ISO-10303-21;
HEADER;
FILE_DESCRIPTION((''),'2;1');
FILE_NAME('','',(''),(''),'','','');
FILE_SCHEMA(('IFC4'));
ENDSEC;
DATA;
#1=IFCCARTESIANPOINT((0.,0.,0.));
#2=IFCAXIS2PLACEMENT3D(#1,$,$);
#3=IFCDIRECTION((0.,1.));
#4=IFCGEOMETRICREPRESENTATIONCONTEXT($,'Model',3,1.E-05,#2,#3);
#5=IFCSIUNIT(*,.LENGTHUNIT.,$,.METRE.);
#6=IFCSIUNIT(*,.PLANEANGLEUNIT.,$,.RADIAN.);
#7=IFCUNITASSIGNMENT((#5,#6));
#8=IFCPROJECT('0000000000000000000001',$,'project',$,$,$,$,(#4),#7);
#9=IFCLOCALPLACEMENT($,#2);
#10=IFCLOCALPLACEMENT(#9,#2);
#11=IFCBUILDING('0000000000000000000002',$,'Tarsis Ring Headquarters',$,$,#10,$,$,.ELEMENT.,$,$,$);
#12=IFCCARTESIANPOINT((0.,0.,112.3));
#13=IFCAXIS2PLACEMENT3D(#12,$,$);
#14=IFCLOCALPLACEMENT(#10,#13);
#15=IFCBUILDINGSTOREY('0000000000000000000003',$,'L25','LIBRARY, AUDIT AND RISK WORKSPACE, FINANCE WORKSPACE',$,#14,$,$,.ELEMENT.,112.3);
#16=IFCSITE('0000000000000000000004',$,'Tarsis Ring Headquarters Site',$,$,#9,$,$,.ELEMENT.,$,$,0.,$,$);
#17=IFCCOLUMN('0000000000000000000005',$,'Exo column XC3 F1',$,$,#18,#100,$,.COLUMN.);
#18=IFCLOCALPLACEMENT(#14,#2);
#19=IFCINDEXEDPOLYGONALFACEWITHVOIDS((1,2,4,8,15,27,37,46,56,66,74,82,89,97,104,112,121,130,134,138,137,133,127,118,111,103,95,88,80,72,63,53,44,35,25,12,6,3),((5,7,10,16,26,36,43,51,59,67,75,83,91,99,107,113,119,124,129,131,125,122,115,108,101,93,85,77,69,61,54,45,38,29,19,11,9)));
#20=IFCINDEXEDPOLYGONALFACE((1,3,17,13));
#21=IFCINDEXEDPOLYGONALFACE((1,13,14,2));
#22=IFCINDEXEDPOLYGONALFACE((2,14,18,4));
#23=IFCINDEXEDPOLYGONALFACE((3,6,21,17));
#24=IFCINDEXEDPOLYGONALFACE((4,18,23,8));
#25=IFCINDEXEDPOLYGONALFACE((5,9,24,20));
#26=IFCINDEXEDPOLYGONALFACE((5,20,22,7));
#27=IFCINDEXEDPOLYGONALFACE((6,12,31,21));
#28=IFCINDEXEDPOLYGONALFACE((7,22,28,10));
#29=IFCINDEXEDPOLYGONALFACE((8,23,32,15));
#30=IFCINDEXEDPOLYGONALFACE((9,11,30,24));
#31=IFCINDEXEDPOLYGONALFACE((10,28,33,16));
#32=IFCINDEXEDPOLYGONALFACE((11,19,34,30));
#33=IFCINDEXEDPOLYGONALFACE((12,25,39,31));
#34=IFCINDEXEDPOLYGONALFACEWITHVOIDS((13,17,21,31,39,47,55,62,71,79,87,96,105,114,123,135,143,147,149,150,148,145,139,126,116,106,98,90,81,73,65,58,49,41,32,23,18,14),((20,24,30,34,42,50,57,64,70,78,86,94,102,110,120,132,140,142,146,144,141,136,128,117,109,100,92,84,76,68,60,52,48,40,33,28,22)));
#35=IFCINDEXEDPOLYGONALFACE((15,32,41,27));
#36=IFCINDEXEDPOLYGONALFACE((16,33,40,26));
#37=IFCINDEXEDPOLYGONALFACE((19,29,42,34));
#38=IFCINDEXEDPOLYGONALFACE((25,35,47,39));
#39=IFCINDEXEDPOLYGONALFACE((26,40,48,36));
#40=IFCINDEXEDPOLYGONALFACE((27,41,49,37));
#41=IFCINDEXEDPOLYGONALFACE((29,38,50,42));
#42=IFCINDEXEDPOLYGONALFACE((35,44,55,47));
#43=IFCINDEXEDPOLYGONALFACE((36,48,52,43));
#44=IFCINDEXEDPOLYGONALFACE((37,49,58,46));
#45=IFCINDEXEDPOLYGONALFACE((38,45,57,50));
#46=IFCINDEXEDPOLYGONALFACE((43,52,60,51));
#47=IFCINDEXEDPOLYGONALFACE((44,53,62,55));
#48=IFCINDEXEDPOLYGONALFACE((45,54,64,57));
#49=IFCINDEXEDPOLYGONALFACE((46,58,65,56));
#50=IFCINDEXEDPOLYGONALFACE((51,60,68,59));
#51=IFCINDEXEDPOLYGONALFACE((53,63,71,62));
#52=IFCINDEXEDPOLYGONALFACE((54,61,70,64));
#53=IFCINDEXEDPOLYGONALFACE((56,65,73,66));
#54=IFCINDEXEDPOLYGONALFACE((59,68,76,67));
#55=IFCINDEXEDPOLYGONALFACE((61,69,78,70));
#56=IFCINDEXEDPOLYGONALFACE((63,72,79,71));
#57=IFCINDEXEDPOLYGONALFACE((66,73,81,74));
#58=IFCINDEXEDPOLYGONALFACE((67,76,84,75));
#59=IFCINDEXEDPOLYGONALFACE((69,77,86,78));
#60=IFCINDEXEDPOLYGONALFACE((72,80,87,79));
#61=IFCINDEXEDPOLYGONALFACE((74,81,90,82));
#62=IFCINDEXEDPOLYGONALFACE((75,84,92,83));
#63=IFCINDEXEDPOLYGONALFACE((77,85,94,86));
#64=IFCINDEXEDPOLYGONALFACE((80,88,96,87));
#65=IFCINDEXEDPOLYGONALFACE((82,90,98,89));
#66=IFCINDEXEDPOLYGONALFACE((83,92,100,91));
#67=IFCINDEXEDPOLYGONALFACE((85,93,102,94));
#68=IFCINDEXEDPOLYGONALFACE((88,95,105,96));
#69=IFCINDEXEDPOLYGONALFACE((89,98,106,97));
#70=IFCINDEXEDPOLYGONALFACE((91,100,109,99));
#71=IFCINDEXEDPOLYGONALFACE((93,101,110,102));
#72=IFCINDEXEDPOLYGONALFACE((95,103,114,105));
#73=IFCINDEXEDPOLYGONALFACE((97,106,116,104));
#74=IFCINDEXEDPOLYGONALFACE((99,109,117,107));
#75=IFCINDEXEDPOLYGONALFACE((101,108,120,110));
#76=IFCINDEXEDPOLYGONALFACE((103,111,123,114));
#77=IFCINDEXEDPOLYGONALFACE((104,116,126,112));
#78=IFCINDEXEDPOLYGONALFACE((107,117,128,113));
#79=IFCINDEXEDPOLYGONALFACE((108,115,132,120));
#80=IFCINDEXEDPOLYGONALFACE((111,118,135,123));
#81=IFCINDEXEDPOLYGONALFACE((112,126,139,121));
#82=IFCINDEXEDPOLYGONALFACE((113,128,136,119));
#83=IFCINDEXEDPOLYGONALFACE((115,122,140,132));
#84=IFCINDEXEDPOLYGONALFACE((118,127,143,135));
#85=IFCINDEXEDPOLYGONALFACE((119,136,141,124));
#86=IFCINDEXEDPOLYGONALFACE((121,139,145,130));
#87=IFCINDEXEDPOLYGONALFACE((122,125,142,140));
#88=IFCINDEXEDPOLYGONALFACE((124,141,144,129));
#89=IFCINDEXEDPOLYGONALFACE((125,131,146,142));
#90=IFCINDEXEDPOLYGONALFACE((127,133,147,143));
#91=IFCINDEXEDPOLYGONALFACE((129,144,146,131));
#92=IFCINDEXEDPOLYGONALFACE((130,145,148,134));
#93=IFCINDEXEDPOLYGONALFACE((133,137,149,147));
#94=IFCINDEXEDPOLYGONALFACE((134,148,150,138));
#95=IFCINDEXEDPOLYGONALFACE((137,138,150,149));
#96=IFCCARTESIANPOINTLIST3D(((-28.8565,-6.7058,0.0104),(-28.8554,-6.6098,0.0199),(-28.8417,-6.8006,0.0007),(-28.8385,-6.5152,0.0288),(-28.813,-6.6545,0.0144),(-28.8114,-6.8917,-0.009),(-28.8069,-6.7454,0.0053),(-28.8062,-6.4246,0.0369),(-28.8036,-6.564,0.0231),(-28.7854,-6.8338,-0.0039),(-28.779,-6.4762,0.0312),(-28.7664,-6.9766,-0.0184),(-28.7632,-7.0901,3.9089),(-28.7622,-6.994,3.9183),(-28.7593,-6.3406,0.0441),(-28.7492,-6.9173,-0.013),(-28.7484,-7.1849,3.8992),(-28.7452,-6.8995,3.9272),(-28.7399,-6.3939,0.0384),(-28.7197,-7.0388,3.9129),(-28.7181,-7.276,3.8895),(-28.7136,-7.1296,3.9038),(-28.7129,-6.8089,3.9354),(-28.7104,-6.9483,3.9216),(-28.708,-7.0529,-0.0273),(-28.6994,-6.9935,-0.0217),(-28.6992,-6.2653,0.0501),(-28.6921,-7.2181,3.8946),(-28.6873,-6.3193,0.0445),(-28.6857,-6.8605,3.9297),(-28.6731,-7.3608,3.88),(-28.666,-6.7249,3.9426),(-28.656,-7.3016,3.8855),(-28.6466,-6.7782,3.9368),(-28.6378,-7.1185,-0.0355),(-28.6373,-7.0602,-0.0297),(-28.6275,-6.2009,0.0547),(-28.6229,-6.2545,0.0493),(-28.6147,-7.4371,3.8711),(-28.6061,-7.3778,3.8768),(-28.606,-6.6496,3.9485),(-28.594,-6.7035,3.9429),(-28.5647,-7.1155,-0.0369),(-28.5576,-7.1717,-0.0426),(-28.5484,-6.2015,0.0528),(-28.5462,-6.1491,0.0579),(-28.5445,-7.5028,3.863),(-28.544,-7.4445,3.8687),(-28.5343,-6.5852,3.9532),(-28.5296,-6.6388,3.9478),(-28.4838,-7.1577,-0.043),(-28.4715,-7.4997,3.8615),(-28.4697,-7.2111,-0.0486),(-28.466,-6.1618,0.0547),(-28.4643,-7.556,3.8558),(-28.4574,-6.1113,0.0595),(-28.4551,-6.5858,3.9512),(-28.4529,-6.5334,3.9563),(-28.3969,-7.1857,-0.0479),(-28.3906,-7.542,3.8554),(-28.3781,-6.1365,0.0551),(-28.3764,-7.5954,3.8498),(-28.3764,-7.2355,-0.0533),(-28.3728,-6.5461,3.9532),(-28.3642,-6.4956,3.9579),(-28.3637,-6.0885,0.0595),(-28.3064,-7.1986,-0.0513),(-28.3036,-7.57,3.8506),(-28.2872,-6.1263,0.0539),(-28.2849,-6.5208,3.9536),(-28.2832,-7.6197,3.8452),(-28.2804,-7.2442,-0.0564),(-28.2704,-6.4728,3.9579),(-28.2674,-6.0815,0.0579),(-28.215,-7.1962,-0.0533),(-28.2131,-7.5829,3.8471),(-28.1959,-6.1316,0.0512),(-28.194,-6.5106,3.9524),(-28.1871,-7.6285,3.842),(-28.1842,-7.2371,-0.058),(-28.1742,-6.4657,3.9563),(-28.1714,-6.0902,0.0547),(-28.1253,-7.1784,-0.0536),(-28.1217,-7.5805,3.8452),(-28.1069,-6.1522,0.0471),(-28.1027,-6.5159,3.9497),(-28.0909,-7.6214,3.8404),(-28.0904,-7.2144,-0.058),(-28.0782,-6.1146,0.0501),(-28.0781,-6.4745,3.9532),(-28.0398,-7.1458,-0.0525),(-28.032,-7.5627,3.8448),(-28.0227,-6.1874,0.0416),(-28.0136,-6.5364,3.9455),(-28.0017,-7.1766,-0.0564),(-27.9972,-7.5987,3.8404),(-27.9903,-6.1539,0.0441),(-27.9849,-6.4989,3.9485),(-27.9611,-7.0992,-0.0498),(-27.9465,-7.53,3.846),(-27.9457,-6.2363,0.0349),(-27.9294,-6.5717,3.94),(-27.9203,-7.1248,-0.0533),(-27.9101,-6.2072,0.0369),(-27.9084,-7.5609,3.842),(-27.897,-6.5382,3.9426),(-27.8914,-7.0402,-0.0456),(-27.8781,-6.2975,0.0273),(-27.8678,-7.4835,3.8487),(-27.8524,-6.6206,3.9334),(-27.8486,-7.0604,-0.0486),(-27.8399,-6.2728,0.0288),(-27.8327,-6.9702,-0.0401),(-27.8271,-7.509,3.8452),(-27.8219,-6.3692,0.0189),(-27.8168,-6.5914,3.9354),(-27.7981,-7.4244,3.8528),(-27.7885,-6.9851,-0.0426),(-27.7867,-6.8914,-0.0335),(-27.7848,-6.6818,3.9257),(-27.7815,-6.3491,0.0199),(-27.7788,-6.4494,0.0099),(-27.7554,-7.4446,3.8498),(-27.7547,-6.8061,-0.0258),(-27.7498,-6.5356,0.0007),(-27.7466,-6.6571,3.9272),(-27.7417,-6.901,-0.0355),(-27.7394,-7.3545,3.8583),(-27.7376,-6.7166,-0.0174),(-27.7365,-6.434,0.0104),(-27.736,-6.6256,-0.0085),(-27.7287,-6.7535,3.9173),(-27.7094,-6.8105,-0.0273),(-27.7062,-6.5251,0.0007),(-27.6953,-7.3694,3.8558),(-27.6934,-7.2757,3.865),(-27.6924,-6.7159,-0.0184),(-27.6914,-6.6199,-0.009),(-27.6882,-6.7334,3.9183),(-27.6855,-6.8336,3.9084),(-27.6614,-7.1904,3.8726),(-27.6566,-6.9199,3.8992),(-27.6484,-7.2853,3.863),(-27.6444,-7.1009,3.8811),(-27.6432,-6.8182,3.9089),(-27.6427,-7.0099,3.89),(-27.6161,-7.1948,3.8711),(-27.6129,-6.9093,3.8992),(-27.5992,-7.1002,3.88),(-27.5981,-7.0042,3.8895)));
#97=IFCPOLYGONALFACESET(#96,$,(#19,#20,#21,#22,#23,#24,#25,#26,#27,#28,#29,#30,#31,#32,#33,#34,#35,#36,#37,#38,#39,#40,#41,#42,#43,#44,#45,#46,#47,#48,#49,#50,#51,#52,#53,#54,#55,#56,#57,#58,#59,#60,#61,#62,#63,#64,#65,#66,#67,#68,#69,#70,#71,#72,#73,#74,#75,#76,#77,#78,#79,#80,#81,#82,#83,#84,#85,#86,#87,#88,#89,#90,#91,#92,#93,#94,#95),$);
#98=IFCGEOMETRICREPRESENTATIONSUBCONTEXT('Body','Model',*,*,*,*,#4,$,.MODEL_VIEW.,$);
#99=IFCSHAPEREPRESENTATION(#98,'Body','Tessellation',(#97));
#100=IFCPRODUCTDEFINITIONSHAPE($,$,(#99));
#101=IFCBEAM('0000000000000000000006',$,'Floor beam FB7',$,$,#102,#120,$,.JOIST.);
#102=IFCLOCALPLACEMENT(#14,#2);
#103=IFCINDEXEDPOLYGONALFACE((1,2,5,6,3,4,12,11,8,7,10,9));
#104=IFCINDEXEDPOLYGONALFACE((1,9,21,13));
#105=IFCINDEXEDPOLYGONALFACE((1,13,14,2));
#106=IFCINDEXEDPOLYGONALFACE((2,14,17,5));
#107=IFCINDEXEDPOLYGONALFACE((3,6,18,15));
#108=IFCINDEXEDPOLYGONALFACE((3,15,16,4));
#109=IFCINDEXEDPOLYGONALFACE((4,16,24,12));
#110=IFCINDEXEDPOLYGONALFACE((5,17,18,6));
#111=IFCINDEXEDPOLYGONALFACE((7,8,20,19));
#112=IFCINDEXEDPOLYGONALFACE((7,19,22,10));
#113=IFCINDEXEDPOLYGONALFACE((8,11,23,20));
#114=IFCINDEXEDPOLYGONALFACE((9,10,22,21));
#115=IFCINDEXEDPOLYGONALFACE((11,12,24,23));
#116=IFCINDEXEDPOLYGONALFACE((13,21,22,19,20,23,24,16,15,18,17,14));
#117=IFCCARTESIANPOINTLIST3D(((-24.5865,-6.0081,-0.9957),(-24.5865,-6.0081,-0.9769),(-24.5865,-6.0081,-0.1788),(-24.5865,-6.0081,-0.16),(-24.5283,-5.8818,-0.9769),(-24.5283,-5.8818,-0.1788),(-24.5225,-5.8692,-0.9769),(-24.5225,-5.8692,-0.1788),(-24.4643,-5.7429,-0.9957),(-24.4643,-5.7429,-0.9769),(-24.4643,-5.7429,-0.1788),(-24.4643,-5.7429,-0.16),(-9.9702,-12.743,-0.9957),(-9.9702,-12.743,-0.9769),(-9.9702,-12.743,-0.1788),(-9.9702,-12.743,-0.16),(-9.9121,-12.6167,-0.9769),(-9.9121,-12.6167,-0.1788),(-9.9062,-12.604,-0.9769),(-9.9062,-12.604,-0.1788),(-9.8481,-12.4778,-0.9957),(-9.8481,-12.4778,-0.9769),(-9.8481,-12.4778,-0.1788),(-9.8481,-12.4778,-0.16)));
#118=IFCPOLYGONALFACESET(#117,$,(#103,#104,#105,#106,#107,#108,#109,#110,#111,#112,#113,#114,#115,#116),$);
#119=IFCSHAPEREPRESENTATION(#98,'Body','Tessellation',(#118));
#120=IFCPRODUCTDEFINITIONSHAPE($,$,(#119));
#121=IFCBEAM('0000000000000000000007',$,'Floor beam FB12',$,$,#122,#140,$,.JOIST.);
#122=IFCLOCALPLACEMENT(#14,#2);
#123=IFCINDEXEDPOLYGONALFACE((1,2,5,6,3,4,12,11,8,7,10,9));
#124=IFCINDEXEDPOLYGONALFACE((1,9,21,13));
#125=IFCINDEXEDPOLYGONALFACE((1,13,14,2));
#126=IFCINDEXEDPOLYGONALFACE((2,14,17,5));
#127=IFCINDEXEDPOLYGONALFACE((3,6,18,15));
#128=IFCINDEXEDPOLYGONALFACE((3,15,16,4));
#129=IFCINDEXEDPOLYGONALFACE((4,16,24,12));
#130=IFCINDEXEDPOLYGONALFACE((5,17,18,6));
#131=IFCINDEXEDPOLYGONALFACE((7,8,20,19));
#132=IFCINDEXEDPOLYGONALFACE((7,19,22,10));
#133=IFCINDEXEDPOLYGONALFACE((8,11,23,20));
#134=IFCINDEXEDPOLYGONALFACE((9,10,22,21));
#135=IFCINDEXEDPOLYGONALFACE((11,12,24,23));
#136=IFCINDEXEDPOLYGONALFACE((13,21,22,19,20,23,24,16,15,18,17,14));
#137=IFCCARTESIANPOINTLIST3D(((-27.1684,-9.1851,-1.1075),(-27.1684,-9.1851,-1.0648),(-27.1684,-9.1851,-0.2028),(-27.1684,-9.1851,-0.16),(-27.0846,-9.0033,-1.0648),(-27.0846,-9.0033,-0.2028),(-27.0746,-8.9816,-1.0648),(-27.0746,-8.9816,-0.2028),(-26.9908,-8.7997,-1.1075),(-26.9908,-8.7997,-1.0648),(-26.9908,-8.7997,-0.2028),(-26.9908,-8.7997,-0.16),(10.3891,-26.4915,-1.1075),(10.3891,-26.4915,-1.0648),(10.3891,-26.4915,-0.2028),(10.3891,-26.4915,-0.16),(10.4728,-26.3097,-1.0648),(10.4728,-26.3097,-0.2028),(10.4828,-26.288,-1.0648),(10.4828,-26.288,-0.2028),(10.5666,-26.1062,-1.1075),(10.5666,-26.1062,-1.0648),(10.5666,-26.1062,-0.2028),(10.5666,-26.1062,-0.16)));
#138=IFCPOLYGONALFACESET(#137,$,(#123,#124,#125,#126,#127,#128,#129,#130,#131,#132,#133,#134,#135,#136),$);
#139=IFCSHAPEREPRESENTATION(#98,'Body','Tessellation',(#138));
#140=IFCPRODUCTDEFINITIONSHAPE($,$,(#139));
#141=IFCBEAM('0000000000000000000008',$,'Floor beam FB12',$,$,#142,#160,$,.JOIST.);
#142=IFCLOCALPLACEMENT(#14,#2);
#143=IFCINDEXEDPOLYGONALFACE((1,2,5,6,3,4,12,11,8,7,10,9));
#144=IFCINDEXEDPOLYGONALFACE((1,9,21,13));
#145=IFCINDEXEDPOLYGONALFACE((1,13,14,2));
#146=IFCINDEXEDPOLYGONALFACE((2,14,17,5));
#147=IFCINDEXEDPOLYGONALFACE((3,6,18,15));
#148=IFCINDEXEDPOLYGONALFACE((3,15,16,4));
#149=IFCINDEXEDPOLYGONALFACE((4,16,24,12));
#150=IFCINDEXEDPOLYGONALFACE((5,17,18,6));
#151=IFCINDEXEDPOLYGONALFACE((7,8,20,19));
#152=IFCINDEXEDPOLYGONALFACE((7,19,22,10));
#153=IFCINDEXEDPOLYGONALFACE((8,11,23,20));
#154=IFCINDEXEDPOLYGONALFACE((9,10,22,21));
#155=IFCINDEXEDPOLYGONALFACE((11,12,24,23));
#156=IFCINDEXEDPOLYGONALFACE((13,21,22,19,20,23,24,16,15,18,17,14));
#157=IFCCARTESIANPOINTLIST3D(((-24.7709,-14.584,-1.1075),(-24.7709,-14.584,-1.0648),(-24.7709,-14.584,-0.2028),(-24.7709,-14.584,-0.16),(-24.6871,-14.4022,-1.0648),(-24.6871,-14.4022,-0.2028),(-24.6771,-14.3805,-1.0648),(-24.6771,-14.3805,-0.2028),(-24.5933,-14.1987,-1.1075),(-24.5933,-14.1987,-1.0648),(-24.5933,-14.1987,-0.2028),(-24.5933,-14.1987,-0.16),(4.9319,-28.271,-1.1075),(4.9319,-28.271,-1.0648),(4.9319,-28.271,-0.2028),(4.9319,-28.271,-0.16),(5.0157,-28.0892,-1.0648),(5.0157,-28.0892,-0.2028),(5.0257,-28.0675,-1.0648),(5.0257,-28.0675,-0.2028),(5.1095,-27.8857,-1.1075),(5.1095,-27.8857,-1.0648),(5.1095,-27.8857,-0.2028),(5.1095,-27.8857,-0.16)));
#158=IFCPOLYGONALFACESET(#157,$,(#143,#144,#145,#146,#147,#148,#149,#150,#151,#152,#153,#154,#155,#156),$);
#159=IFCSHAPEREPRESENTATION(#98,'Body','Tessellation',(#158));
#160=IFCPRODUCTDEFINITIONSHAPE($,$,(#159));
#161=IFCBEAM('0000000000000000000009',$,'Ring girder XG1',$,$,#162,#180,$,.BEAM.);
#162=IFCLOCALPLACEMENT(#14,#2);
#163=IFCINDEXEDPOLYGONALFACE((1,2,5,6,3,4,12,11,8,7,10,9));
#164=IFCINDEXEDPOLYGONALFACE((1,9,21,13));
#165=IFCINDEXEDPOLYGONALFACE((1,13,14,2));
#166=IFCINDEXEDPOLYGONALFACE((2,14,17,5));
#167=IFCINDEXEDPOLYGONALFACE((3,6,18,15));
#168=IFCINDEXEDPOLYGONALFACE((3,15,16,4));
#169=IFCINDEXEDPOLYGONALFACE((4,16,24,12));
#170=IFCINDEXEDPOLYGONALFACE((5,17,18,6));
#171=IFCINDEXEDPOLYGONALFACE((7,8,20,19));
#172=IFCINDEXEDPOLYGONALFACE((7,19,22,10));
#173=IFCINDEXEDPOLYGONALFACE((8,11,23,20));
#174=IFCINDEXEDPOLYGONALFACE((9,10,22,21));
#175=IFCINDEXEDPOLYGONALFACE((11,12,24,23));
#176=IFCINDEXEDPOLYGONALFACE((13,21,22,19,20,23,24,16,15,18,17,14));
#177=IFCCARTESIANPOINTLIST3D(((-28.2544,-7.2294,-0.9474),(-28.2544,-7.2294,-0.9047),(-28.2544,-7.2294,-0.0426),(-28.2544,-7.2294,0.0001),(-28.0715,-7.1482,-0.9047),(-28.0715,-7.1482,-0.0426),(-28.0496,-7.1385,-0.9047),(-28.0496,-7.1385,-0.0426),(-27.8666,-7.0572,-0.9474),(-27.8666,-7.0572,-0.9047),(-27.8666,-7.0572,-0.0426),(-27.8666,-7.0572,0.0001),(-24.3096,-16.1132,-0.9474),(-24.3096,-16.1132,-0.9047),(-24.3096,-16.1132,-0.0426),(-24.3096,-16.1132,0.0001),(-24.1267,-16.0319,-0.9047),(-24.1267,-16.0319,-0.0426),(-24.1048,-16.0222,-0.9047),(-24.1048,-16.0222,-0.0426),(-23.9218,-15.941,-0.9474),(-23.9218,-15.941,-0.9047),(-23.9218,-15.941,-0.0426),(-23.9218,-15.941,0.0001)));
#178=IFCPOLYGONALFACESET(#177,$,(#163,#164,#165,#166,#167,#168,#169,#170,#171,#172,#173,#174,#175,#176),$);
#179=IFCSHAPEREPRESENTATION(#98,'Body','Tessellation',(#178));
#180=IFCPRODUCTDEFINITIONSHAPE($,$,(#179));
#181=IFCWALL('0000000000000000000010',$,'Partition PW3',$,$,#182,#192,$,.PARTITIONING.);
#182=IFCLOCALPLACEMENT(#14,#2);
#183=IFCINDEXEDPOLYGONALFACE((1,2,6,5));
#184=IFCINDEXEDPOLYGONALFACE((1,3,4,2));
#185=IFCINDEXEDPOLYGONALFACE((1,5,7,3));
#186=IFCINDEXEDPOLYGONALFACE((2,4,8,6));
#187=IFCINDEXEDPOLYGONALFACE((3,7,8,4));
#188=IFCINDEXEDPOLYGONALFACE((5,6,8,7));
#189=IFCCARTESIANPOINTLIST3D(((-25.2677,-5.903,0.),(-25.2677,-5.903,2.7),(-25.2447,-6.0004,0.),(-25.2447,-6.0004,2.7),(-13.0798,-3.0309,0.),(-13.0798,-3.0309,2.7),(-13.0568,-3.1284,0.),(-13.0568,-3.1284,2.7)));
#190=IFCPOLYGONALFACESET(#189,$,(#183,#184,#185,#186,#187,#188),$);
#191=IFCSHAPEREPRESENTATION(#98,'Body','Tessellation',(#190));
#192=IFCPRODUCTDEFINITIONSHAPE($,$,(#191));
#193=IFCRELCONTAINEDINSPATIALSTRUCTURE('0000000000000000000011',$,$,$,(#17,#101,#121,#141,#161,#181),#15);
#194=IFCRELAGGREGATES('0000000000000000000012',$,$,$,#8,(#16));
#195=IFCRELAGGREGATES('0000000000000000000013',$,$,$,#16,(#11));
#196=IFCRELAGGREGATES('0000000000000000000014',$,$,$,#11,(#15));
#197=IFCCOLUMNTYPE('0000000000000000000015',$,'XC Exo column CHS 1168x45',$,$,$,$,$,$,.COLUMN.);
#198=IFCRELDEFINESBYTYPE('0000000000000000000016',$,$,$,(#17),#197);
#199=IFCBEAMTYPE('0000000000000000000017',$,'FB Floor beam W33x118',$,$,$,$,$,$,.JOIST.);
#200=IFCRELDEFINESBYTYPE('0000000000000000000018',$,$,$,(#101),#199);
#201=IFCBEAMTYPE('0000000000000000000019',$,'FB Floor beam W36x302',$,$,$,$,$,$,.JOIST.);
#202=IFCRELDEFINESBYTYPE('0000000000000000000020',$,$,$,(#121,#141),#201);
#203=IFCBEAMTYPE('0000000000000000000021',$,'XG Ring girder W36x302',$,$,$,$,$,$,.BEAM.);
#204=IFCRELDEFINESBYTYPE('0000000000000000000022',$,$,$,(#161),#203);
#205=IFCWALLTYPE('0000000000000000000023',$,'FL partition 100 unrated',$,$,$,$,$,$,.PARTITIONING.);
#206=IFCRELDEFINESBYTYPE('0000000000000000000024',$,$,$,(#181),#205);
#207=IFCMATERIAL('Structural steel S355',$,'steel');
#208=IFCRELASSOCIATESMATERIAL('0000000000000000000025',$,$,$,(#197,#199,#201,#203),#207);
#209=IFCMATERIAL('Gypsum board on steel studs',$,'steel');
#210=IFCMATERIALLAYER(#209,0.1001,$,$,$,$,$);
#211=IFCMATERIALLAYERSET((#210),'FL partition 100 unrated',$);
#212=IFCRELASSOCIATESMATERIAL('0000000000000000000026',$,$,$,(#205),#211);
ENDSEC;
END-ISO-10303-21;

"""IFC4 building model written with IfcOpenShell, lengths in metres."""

from ifc_helpers import new_model, si_unit, direction, frame, frame_2d, origin, origin_2d, place, context, subcontext, project, spatial, rectangle, hollow_circle, i_section, extrude, material, layer, layer_set, material_profile, profile_set, type_object, element, save


model = new_model("IFC4")

# Units and contexts
model_context = context("Model", 3, precision=1e-05, world=origin(), true_north=direction((0.0, 1.0)))
body_context = subcontext(model_context, "Body", "Model", "MODEL_VIEW")
ifc_project = project(units=[si_unit("LENGTHUNIT", "METRE"), si_unit("PLANEANGLEUNIT", "RADIAN")], contexts=[model_context])

# Site, building, storey
site_placement = place(None, origin())
site = spatial("IfcSite", under=ifc_project, at=site_placement, Name="Tarsis Ring Headquarters Site", CompositionType="ELEMENT", RefElevation=0.0)
building_placement = place(site_placement, origin())
building = spatial("IfcBuilding", under=site, at=building_placement, Name="Tarsis Ring Headquarters", CompositionType="ELEMENT")
storey_placement = place(building_placement, frame((0.0, 0.0, 112.3)))
storey = spatial("IfcBuildingStorey", under=building, at=storey_placement, Name="L25", Description="LIBRARY, AUDIT AND RISK WORKSPACE, FINANCE WORKSPACE", CompositionType="ELEMENT", Elevation=112.3)

# Column
ifc_material_1 = material(Name="Structural steel S355", Category="steel")
ifc_material_profile_1 = material_profile(ifc_material_1, hollow_circle(Radius=0.5842, WallThickness=0.0449, at=origin_2d()), Name="CHS 1168x45")
ifc_profile_set_1 = profile_set([ifc_material_profile_1], Name="Structural steel S355")
column_type = type_object("IfcColumnType", Name="XC Exo column CHS 1168x45", PredefinedType="COLUMN", material=ifc_profile_set_1)
column_placement = place(storey_placement, frame((-28.2739, -6.6628, 0.0007), z_axis=(0.023801, -0.098069, 0.994895), x_axis=(0.97179, 0.235847, 0.0)))
element("IfcColumn", 1, at=column_placement, inside=storey, type_object=column_type, Name="Exo column XC3 F1", PredefinedType="COLUMN", context=body_context, shape_type="SweptSolid", body=[
    extrude(hollow_circle(Radius=0.5842, WallThickness=0.0449, at=origin_2d()), origin(), (0.0, 0.0, 1.0), 3.9185),
])

# Beams
ifc_material_profile_2 = material_profile(ifc_material_1, i_section(OverallWidth=0.292, OverallDepth=0.8357, WebThickness=0.0139, FlangeThickness=0.0188, at=origin_2d()), Name="W33x118")
ifc_profile_set_2 = profile_set([ifc_material_profile_2], Name="Structural steel S355")
beam_type_1 = type_object("IfcBeamType", Name="FB Floor beam W33x118", PredefinedType="JOIST", material=ifc_profile_set_2)
beam_1_placement = place(storey_placement, frame((-24.5254, -5.8755, -0.5779), z_axis=(0.908221, -0.418491, 0.0), x_axis=(0.418491, 0.908221, 0.0)))
element("IfcBeam", 2, at=beam_1_placement, inside=storey, type_object=beam_type_1, Name="Floor beam FB7", PredefinedType="JOIST", context=body_context, shape_type="SweptSolid", body=[
    extrude(i_section(OverallWidth=0.292, OverallDepth=0.8357, WebThickness=0.0139, FlangeThickness=0.0188, at=origin_2d()), origin(), (0.0, 0.0, 1.0), 16.0933),
])
ifc_material_profile_3 = material_profile(ifc_material_1, i_section(OverallWidth=0.4243, OverallDepth=0.9475, WebThickness=0.0239, FlangeThickness=0.0427, at=origin_2d()), Name="W36x302")
ifc_profile_set_3 = profile_set([ifc_material_profile_3], Name="Structural steel S355")
beam_type_2 = type_object("IfcBeamType", Name="FB Floor beam W36x302", PredefinedType="JOIST", material=ifc_profile_set_3)
beam_2_placement = place(storey_placement, frame((-27.0796, -8.9924, -0.6338), z_axis=(0.908215, -0.418504, 0.0), x_axis=(0.418504, 0.908215, 0.0)))
element("IfcBeam", 3, at=beam_2_placement, inside=storey, type_object=beam_type_2, Name="Floor beam FB12", PredefinedType="JOIST", context=body_context, shape_type="SweptSolid", body=[
    extrude(i_section(OverallWidth=0.4243, OverallDepth=0.9475, WebThickness=0.0239, FlangeThickness=0.0427, at=origin_2d()), origin(), (0.0, 0.0, 1.0), 41.353),
])
beam_3_placement = place(storey_placement, frame((-24.6821, -14.3914, -0.6338), z_axis=(0.908215, -0.418503, 0.0), x_axis=(0.418503, 0.908215, 0.0)))
element("IfcBeam", 4, at=beam_3_placement, inside=storey, type_object=beam_type_2, Name="Floor beam FB12", PredefinedType="JOIST", context=body_context, shape_type="SweptSolid", body=[
    extrude(i_section(OverallWidth=0.4243, OverallDepth=0.9475, WebThickness=0.0239, FlangeThickness=0.0427, at=origin_2d()), origin(), (0.0, 0.0, 1.0), 32.7046),
])
beam_type_3 = type_object("IfcBeamType", Name="XG Ring girder W36x302", PredefinedType="BEAM", material=ifc_profile_set_3)
beam_4_placement = place(storey_placement, frame((-28.0605, -7.1433, -0.4736), z_axis=(0.405835, -0.913946, 0.0), x_axis=(0.913946, 0.405835, 0.0)))
element("IfcBeam", 5, at=beam_4_placement, inside=storey, type_object=beam_type_3, Name="Ring girder XG1", PredefinedType="BEAM", context=body_context, shape_type="SweptSolid", body=[
    extrude(i_section(OverallWidth=0.4243, OverallDepth=0.9475, WebThickness=0.0239, FlangeThickness=0.0427, at=origin_2d()), origin(), (0.0, 0.0, 1.0), 9.7202),
])

# Wall
ifc_material_2 = material(Name="Gypsum board on steel studs", Category="steel")
ifc_layer_1 = layer(ifc_material_2, 0.1001)
ifc_layer_set_1 = layer_set([ifc_layer_1], Name="FL partition 100 unrated")
wall_type_1 = type_object("IfcWallType", Name="FL partition 100 unrated", PredefinedType="PARTITIONING", material=ifc_layer_set_1)
wall_1_placement = place(storey_placement, frame((-25.2561, -5.9517, 0.0), z_axis=(0.0, 0.0, 1.0), x_axis=(0.97334, 0.229365, 0.0)))
element("IfcWall", 6, at=wall_1_placement, inside=storey, type_object=wall_type_1, Name="Partition PW3", PredefinedType="PARTITIONING", context=body_context, shape_type="SweptSolid", body=[
    extrude(rectangle(XDim=12.5217, YDim=0.1001, at=frame_2d((6.2607, 0.0))), origin(), (0.0, 0.0, 1.0), 2.7),
])

save(model, "model.ifc")
